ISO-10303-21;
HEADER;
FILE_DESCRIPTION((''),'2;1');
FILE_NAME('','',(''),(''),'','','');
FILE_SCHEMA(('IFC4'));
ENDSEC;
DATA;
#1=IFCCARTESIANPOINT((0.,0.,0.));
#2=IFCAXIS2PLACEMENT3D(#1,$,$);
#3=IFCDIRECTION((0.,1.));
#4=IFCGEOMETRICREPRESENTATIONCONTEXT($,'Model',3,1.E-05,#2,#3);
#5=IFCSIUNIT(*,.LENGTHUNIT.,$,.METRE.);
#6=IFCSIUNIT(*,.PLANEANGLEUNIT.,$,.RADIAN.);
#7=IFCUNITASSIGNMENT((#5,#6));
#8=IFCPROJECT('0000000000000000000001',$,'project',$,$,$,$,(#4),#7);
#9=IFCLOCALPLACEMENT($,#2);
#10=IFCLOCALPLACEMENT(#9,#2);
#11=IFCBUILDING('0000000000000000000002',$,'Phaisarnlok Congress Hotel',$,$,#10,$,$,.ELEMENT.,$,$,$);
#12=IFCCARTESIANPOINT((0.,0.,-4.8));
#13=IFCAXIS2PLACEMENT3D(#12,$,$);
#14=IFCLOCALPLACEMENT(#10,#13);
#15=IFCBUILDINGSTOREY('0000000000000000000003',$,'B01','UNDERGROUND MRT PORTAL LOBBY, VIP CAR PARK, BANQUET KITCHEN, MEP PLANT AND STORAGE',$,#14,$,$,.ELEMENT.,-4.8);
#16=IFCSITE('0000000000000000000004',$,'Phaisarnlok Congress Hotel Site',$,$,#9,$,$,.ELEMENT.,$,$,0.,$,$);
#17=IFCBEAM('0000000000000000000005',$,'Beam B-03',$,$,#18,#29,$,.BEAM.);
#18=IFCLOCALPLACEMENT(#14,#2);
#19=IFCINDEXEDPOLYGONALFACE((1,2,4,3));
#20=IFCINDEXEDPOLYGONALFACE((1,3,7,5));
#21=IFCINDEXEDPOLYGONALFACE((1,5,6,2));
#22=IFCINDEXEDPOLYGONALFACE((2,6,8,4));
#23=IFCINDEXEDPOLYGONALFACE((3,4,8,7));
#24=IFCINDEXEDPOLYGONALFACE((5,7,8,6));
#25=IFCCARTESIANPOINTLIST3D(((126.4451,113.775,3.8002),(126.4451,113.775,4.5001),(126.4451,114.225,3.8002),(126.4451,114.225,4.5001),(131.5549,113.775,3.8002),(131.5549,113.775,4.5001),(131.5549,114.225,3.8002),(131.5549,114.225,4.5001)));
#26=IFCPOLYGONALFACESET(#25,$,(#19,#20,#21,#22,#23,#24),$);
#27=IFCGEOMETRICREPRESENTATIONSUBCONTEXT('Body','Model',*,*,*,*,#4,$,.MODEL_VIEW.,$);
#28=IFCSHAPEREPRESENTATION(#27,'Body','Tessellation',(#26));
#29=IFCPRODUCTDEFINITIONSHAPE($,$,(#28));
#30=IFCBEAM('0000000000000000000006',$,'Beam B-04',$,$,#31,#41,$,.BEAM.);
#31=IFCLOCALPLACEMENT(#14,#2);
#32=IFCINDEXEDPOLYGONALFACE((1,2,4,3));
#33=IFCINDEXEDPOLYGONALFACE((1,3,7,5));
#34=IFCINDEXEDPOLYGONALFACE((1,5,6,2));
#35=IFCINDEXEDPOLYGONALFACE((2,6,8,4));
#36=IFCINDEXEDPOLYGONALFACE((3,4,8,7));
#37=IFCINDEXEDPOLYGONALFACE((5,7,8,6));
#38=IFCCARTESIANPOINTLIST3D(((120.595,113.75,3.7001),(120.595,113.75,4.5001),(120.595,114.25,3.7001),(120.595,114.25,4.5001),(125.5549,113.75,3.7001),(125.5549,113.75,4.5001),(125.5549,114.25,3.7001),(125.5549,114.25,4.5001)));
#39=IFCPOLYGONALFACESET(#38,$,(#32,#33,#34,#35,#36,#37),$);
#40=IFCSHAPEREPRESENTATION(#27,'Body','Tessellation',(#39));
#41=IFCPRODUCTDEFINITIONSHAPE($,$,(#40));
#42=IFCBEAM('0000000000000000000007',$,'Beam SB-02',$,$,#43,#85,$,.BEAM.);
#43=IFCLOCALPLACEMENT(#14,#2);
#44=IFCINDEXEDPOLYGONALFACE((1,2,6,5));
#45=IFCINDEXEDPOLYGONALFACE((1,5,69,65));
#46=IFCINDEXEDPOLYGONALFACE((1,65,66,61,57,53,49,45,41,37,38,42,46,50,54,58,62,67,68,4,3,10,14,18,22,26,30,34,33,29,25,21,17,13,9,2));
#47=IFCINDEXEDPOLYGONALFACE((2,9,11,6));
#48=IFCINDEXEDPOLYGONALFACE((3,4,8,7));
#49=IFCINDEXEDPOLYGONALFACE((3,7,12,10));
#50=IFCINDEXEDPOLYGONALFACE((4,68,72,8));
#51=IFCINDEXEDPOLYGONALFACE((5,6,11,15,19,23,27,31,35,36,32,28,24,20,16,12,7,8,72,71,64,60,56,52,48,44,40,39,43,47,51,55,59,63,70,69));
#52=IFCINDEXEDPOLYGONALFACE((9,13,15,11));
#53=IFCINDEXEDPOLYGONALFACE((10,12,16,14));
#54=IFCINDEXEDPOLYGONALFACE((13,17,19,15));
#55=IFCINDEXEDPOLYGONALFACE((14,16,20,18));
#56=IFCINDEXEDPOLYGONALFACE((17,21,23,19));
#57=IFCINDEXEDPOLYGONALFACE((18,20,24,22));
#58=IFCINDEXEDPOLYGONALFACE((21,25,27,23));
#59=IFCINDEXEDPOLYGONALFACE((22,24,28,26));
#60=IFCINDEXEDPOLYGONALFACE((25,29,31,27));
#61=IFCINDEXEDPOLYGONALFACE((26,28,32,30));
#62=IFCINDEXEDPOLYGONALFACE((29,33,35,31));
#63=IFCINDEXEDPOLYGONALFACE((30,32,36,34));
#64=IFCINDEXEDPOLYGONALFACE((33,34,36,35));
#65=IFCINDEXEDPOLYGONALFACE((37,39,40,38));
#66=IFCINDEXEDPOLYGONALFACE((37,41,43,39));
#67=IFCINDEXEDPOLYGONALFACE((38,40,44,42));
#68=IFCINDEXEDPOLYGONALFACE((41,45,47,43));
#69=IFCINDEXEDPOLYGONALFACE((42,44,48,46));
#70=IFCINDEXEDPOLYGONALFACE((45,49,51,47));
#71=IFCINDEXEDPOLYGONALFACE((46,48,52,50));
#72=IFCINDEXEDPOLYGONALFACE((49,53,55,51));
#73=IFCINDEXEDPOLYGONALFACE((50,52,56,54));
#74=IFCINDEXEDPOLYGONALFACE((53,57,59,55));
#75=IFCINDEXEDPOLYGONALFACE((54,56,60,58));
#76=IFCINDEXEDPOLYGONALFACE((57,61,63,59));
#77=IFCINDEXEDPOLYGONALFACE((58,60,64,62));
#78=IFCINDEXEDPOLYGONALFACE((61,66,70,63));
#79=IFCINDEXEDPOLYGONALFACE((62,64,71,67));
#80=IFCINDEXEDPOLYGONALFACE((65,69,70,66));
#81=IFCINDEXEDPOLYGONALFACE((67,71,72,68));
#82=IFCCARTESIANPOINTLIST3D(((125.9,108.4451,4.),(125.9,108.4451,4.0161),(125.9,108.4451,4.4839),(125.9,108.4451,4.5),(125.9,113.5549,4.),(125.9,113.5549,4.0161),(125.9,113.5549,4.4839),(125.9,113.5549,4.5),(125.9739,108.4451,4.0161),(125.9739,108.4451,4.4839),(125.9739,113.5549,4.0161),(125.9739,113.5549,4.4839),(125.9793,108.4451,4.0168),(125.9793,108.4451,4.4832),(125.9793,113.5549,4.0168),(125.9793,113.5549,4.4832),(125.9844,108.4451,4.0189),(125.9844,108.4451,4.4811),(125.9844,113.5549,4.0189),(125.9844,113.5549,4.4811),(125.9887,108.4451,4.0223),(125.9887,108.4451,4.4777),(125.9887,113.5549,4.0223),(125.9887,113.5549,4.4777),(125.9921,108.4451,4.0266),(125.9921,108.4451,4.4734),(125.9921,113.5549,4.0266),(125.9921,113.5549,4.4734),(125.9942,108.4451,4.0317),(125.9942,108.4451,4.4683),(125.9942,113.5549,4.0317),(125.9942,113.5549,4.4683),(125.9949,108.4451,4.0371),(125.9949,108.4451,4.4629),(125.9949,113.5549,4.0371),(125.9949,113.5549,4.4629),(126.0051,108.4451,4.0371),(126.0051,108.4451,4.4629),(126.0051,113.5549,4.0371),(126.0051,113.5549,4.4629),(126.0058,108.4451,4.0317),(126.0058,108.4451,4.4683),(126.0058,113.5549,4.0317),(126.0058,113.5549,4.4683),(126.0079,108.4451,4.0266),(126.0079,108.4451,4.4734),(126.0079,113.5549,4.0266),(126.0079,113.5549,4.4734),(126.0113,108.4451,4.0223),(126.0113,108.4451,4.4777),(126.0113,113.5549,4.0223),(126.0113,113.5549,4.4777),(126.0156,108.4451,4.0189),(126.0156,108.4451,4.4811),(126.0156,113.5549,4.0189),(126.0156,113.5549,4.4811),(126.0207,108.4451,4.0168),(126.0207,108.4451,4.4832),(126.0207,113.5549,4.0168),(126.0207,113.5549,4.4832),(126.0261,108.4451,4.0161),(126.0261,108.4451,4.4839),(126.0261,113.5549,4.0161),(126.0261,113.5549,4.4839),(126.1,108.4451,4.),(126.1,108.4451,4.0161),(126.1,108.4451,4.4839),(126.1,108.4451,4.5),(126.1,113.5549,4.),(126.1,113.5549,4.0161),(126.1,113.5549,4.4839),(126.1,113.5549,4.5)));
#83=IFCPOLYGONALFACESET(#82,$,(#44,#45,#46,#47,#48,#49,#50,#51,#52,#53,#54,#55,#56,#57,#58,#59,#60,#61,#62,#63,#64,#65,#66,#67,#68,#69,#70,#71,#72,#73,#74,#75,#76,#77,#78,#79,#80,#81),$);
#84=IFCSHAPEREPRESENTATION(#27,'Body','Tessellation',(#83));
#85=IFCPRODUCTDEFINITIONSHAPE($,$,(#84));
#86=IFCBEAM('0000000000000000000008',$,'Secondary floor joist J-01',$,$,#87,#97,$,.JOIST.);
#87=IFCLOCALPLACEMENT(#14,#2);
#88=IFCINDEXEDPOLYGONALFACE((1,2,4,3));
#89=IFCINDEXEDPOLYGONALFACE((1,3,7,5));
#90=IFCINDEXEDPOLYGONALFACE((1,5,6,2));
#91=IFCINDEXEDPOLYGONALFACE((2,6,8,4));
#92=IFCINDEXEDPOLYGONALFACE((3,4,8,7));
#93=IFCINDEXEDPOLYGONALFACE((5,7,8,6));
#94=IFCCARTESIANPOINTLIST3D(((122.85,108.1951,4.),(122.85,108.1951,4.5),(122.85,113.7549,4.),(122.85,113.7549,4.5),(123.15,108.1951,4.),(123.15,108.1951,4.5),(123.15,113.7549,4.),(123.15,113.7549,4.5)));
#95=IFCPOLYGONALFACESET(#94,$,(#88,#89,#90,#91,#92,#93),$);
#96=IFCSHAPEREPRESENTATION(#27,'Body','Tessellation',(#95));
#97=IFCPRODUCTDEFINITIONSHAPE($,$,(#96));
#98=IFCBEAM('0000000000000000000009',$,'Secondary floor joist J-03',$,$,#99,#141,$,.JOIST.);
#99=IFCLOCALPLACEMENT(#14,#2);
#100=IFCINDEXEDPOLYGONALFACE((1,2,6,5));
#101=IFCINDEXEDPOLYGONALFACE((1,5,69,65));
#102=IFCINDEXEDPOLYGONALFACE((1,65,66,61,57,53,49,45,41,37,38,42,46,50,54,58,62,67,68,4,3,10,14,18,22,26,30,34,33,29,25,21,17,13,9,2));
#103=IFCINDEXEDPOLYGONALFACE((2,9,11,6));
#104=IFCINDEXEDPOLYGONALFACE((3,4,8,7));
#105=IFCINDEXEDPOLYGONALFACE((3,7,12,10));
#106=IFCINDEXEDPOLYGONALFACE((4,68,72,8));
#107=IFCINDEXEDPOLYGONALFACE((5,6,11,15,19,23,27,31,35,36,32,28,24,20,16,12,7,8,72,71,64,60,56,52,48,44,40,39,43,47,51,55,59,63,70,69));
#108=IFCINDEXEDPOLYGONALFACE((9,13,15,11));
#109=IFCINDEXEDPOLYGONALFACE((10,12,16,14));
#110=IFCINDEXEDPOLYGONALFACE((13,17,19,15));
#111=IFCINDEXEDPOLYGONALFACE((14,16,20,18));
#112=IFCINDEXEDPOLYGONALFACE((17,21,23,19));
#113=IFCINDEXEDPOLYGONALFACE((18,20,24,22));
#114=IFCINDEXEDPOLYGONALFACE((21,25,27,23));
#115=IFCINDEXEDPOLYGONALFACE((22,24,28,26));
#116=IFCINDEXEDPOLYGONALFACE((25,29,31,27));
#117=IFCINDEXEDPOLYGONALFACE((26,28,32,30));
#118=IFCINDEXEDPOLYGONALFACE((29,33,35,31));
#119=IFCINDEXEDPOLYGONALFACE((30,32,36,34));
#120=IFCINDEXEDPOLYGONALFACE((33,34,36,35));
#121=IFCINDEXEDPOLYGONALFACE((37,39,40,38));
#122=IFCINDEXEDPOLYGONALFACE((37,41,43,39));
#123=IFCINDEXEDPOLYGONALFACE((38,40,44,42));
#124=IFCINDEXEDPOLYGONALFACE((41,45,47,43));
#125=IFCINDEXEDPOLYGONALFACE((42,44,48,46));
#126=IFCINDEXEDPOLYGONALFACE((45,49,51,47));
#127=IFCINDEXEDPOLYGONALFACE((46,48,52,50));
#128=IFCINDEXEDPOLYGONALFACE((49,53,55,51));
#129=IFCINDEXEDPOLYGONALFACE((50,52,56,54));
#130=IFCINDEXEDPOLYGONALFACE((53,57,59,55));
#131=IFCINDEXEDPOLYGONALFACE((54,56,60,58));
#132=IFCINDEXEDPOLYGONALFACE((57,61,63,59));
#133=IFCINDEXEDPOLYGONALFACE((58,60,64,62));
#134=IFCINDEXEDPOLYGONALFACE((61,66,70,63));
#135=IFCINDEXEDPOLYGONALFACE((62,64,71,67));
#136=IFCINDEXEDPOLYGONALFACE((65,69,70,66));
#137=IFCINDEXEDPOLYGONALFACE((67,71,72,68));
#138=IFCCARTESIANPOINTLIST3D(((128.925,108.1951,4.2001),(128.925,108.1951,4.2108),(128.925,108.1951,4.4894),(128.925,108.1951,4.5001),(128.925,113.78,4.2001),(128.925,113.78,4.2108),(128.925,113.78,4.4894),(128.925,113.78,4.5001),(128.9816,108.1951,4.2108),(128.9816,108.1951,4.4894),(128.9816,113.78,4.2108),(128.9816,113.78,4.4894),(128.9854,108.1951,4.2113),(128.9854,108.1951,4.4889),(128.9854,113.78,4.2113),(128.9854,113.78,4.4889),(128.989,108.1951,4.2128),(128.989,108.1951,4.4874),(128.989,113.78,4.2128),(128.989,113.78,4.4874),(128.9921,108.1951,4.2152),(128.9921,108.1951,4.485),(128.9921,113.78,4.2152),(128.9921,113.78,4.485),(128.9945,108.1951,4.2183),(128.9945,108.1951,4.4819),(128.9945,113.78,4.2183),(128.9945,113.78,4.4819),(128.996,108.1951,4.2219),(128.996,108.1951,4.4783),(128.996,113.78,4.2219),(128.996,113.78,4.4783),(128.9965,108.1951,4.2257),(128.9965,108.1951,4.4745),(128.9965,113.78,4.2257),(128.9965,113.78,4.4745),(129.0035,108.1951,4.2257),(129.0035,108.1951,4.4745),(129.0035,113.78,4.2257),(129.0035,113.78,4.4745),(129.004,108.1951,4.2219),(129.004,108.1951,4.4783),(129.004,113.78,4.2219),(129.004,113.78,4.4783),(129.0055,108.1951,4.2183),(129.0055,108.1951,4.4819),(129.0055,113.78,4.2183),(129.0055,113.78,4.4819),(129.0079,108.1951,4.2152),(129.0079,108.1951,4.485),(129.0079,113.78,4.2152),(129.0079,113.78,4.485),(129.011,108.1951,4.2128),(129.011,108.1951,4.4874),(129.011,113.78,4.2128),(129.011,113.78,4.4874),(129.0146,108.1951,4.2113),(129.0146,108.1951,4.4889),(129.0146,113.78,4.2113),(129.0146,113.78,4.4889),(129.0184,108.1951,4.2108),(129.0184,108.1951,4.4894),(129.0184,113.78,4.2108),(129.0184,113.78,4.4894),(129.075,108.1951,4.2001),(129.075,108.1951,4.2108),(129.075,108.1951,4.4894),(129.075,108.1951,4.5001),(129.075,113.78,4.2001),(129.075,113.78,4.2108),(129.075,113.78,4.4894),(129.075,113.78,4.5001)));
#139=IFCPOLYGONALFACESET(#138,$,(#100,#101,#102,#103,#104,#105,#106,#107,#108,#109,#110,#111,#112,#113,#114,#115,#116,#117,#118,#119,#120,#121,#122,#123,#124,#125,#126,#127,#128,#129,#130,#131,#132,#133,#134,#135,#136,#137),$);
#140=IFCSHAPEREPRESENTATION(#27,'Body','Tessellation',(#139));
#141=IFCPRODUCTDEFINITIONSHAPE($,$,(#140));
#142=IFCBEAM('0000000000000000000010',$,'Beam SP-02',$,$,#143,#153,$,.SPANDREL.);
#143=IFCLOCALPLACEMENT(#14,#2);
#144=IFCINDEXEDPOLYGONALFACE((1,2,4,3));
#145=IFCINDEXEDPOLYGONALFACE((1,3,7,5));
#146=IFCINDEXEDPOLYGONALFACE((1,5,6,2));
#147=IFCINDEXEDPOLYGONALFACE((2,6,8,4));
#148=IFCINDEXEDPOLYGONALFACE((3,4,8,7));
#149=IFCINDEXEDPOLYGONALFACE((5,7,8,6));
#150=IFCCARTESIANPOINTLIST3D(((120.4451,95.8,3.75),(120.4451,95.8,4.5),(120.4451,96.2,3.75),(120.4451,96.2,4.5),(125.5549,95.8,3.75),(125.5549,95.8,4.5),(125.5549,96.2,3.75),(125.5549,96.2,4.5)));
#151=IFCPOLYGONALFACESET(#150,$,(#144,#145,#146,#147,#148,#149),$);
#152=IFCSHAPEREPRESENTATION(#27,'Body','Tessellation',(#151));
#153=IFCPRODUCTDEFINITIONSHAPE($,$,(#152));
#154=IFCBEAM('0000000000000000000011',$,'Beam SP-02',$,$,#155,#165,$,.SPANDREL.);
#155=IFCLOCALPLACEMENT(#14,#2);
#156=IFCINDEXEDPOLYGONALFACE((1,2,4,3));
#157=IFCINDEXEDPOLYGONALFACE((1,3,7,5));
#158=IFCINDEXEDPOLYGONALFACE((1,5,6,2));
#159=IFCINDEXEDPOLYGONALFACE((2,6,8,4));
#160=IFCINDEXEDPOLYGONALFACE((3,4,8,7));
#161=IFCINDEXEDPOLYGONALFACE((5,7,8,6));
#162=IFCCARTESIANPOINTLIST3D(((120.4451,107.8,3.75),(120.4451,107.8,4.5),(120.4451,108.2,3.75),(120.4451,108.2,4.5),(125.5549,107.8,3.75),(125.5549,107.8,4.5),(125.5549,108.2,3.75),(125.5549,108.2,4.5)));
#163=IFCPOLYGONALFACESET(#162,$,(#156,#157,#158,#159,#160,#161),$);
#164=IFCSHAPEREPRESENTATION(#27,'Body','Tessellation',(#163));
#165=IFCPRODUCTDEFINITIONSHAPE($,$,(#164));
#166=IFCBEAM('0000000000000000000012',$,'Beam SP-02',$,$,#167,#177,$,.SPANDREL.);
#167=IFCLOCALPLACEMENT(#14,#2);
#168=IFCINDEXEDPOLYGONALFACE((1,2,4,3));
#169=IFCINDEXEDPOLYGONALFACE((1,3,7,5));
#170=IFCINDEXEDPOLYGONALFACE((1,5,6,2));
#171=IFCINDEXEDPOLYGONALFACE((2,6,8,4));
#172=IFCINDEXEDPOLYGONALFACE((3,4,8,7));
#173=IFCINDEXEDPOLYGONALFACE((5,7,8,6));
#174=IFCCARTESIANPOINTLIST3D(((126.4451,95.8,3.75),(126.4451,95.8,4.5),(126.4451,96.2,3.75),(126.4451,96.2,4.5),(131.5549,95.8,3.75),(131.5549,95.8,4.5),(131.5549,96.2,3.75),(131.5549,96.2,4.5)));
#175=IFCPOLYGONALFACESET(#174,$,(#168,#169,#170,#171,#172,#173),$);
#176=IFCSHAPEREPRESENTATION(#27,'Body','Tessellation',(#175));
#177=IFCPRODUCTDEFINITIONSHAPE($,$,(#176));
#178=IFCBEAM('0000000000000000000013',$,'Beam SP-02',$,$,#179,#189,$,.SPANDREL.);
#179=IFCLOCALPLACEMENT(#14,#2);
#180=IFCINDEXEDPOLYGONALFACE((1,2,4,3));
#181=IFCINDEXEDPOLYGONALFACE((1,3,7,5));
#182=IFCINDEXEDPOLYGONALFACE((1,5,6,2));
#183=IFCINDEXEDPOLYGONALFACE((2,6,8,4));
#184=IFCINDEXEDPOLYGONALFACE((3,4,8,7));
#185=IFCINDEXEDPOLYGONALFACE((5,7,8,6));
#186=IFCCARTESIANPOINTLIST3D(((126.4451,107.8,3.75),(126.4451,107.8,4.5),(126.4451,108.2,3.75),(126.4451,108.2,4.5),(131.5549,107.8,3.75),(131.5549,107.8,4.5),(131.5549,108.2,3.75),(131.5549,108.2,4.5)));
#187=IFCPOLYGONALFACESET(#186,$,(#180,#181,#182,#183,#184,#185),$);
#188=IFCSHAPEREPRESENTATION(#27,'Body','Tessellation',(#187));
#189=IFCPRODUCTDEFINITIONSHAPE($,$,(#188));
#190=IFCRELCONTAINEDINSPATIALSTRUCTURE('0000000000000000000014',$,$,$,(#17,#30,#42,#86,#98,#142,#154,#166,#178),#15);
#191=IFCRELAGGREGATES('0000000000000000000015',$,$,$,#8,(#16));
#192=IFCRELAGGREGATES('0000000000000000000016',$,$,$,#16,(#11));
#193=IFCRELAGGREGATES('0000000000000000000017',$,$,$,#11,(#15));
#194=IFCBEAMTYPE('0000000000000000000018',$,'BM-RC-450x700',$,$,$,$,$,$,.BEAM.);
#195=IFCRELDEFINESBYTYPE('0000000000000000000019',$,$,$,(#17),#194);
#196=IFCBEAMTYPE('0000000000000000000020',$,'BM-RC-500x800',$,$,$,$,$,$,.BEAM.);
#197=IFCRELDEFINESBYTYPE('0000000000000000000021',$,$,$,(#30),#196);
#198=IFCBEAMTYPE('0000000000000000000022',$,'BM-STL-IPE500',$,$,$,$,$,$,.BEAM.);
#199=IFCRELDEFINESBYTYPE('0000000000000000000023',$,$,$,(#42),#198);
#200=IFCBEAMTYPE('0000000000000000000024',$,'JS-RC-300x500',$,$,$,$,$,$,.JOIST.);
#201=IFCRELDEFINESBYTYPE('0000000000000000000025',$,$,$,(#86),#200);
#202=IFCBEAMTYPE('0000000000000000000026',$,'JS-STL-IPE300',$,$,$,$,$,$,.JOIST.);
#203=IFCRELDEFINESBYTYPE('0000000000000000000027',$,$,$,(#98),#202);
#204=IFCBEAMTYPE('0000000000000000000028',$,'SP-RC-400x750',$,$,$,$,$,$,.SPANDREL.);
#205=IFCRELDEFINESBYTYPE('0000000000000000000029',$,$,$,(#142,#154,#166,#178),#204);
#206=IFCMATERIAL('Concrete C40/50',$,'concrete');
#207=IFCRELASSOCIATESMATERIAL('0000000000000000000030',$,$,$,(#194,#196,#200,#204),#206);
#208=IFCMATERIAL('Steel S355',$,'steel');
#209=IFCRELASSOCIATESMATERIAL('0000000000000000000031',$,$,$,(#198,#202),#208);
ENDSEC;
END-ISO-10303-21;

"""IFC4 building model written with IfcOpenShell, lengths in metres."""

from ifc_helpers import new_model, si_unit, direction, frame, origin, origin_2d, place, context, subcontext, project, spatial, rectangle, i_section, extrude, material, material_profile, profile_set, type_object, element, save


model = new_model("IFC4")

# Units and contexts
model_context = context("Model", 3, precision=1e-05, world=origin(), true_north=direction((0.0, 1.0)))
body_context = subcontext(model_context, "Body", "Model", "MODEL_VIEW")
ifc_project = project(units=[si_unit("LENGTHUNIT", "METRE"), si_unit("PLANEANGLEUNIT", "RADIAN")], contexts=[model_context])

# Site, building, storey
site_placement = place(None, origin())
site = spatial("IfcSite", under=ifc_project, at=site_placement, Name="Phaisarnlok Congress Hotel Site", CompositionType="ELEMENT", RefElevation=0.0)
building_placement = place(site_placement, origin())
building = spatial("IfcBuilding", under=site, at=building_placement, Name="Phaisarnlok Congress Hotel", CompositionType="ELEMENT")
storey_placement = place(building_placement, frame((0.0, 0.0, -4.8)))
storey = spatial("IfcBuildingStorey", under=building, at=storey_placement, Name="B01", Description="UNDERGROUND MRT PORTAL LOBBY, VIP CAR PARK, BANQUET KITCHEN, MEP PLANT AND STORAGE", CompositionType="ELEMENT", Elevation=-4.8)

# Shared definitions
ifc_material_1 = material(Name="Concrete C40/50", Category="concrete")

# Beams
ifc_material_profile_1 = material_profile(ifc_material_1, rectangle(XDim=0.45, YDim=0.7, at=origin_2d()), Name="RC 450x700")
ifc_profile_set_1 = profile_set([ifc_material_profile_1], Name="Concrete C40/50")
beam_type_1 = type_object("IfcBeamType", Name="BM-RC-450x700", PredefinedType="BEAM", material=ifc_profile_set_1)
beam_1_placement = place(storey_placement, frame((126.4451, 114.0, 4.1501), z_axis=(1.0, 0.0, 0.0), x_axis=(0.0, 1.0, 0.0)))
element("IfcBeam", 1, at=beam_1_placement, inside=storey, type_object=beam_type_1, Name="Beam B-03", PredefinedType="BEAM", context=body_context, shape_type="SweptSolid", body=[
    extrude(rectangle(XDim=0.45, YDim=0.7, at=origin_2d()), origin(), (0.0, 0.0, 1.0), 5.1099),
])
ifc_material_profile_2 = material_profile(ifc_material_1, rectangle(XDim=0.5, YDim=0.8, at=origin_2d()), Name="RC 500x800")
ifc_profile_set_2 = profile_set([ifc_material_profile_2], Name="Concrete C40/50")
beam_type_2 = type_object("IfcBeamType", Name="BM-RC-500x800", PredefinedType="BEAM", material=ifc_profile_set_2)
beam_2_placement = place(storey_placement, frame((120.595, 114.0, 4.1001), z_axis=(1.0, 0.0, 0.0), x_axis=(0.0, 1.0, 0.0)))
element("IfcBeam", 2, at=beam_2_placement, inside=storey, type_object=beam_type_2, Name="Beam B-04", PredefinedType="BEAM", context=body_context, shape_type="SweptSolid", body=[
    extrude(rectangle(XDim=0.5, YDim=0.8, at=origin_2d()), origin(), (0.0, 0.0, 1.0), 4.96),
])
ifc_material_2 = material(Name="Steel S355", Category="steel")
ifc_material_profile_3 = material_profile(ifc_material_2, i_section(OverallWidth=0.2, OverallDepth=0.5, WebThickness=0.0103, FlangeThickness=0.0161, FilletRadius=0.021, at=origin_2d()), Name="IPE 500")
ifc_profile_set_3 = profile_set([ifc_material_profile_3], Name="Steel S355")
beam_type_3 = type_object("IfcBeamType", Name="BM-STL-IPE500", PredefinedType="BEAM", material=ifc_profile_set_3)
beam_3_placement = place(storey_placement, frame((126.0, 108.4451, 4.25), z_axis=(0.0, 1.0, 0.0), x_axis=(-1.0, 0.0, 0.0)))
element("IfcBeam", 3, at=beam_3_placement, inside=storey, type_object=beam_type_3, Name="Beam SB-02", PredefinedType="BEAM", context=body_context, shape_type="SweptSolid", body=[
    extrude(i_section(OverallWidth=0.2, OverallDepth=0.5, WebThickness=0.0103, FlangeThickness=0.0161, FilletRadius=0.021, at=origin_2d()), origin(), (0.0, 0.0, 1.0), 5.1099),
])
ifc_material_profile_4 = material_profile(ifc_material_1, rectangle(XDim=0.3, YDim=0.5, at=origin_2d()), Name="RC 300x500")
ifc_profile_set_4 = profile_set([ifc_material_profile_4], Name="Concrete C40/50")
beam_type_4 = type_object("IfcBeamType", Name="JS-RC-300x500", PredefinedType="JOIST", material=ifc_profile_set_4)
beam_4_placement = place(storey_placement, frame((123.0, 108.1951, 4.25), z_axis=(0.0, 1.0, 0.0), x_axis=(-1.0, 0.0, 0.0)))
element("IfcBeam", 4, at=beam_4_placement, inside=storey, type_object=beam_type_4, Name="Secondary floor joist J-01", PredefinedType="JOIST", context=body_context, shape_type="SweptSolid", body=[
    extrude(rectangle(XDim=0.3, YDim=0.5, at=origin_2d()), origin(), (0.0, 0.0, 1.0), 5.5598),
])
ifc_material_profile_5 = material_profile(ifc_material_2, i_section(OverallWidth=0.1499, OverallDepth=0.3, WebThickness=0.0071, FlangeThickness=0.0107, FilletRadius=0.0149, at=origin_2d()), Name="IPE 300")
ifc_profile_set_5 = profile_set([ifc_material_profile_5], Name="Steel S355")
beam_type_5 = type_object("IfcBeamType", Name="JS-STL-IPE300", PredefinedType="JOIST", material=ifc_profile_set_5)
beam_5_placement = place(storey_placement, frame((129.0, 108.1951, 4.3501), z_axis=(0.0, 1.0, 0.0), x_axis=(-1.0, 0.0, 0.0)))
element("IfcBeam", 5, at=beam_5_placement, inside=storey, type_object=beam_type_5, Name="Secondary floor joist J-03", PredefinedType="JOIST", context=body_context, shape_type="SweptSolid", body=[
    extrude(i_section(OverallWidth=0.1499, OverallDepth=0.3, WebThickness=0.0071, FlangeThickness=0.0107, FilletRadius=0.0149, at=origin_2d()), origin(), (0.0, 0.0, 1.0), 5.585),
])
ifc_material_profile_6 = material_profile(ifc_material_1, rectangle(XDim=0.3999, YDim=0.75, at=origin_2d()), Name="RC 400x750")
ifc_profile_set_6 = profile_set([ifc_material_profile_6], Name="Concrete C40/50")
beam_type_6 = type_object("IfcBeamType", Name="SP-RC-400x750", PredefinedType="SPANDREL", material=ifc_profile_set_6)
for number, where, z_axis, x_axis, name in (
    (6, (120.4451, 96.0, 4.125), (1.0, 0.0, 0.0), (0.0, 1.0, 0.0), "Beam SP-02"),
    (7, (120.4451, 108.0, 4.125), (1.0, 0.0, 0.0), (0.0, 1.0, 0.0), "Beam SP-02"),
    (8, (126.4451, 96.0, 4.125), (1.0, 0.0, 0.0), (0.0, 1.0, 0.0), "Beam SP-02"),
    (9, (126.4451, 108.0, 4.125), (1.0, 0.0, 0.0), (0.0, 1.0, 0.0), "Beam SP-02"),
):
    element("IfcBeam", number, at=place(storey_placement, frame(where, z_axis=z_axis, x_axis=x_axis)), inside=storey, type_object=beam_type_6, Name=name, PredefinedType="SPANDREL", context=body_context, shape_type="SweptSolid", body=[
        extrude(rectangle(XDim=0.3999, YDim=0.75, at=origin_2d()), origin(), (0.0, 0.0, 1.0), 5.1099),
    ])

save(model, "model.ifc")
